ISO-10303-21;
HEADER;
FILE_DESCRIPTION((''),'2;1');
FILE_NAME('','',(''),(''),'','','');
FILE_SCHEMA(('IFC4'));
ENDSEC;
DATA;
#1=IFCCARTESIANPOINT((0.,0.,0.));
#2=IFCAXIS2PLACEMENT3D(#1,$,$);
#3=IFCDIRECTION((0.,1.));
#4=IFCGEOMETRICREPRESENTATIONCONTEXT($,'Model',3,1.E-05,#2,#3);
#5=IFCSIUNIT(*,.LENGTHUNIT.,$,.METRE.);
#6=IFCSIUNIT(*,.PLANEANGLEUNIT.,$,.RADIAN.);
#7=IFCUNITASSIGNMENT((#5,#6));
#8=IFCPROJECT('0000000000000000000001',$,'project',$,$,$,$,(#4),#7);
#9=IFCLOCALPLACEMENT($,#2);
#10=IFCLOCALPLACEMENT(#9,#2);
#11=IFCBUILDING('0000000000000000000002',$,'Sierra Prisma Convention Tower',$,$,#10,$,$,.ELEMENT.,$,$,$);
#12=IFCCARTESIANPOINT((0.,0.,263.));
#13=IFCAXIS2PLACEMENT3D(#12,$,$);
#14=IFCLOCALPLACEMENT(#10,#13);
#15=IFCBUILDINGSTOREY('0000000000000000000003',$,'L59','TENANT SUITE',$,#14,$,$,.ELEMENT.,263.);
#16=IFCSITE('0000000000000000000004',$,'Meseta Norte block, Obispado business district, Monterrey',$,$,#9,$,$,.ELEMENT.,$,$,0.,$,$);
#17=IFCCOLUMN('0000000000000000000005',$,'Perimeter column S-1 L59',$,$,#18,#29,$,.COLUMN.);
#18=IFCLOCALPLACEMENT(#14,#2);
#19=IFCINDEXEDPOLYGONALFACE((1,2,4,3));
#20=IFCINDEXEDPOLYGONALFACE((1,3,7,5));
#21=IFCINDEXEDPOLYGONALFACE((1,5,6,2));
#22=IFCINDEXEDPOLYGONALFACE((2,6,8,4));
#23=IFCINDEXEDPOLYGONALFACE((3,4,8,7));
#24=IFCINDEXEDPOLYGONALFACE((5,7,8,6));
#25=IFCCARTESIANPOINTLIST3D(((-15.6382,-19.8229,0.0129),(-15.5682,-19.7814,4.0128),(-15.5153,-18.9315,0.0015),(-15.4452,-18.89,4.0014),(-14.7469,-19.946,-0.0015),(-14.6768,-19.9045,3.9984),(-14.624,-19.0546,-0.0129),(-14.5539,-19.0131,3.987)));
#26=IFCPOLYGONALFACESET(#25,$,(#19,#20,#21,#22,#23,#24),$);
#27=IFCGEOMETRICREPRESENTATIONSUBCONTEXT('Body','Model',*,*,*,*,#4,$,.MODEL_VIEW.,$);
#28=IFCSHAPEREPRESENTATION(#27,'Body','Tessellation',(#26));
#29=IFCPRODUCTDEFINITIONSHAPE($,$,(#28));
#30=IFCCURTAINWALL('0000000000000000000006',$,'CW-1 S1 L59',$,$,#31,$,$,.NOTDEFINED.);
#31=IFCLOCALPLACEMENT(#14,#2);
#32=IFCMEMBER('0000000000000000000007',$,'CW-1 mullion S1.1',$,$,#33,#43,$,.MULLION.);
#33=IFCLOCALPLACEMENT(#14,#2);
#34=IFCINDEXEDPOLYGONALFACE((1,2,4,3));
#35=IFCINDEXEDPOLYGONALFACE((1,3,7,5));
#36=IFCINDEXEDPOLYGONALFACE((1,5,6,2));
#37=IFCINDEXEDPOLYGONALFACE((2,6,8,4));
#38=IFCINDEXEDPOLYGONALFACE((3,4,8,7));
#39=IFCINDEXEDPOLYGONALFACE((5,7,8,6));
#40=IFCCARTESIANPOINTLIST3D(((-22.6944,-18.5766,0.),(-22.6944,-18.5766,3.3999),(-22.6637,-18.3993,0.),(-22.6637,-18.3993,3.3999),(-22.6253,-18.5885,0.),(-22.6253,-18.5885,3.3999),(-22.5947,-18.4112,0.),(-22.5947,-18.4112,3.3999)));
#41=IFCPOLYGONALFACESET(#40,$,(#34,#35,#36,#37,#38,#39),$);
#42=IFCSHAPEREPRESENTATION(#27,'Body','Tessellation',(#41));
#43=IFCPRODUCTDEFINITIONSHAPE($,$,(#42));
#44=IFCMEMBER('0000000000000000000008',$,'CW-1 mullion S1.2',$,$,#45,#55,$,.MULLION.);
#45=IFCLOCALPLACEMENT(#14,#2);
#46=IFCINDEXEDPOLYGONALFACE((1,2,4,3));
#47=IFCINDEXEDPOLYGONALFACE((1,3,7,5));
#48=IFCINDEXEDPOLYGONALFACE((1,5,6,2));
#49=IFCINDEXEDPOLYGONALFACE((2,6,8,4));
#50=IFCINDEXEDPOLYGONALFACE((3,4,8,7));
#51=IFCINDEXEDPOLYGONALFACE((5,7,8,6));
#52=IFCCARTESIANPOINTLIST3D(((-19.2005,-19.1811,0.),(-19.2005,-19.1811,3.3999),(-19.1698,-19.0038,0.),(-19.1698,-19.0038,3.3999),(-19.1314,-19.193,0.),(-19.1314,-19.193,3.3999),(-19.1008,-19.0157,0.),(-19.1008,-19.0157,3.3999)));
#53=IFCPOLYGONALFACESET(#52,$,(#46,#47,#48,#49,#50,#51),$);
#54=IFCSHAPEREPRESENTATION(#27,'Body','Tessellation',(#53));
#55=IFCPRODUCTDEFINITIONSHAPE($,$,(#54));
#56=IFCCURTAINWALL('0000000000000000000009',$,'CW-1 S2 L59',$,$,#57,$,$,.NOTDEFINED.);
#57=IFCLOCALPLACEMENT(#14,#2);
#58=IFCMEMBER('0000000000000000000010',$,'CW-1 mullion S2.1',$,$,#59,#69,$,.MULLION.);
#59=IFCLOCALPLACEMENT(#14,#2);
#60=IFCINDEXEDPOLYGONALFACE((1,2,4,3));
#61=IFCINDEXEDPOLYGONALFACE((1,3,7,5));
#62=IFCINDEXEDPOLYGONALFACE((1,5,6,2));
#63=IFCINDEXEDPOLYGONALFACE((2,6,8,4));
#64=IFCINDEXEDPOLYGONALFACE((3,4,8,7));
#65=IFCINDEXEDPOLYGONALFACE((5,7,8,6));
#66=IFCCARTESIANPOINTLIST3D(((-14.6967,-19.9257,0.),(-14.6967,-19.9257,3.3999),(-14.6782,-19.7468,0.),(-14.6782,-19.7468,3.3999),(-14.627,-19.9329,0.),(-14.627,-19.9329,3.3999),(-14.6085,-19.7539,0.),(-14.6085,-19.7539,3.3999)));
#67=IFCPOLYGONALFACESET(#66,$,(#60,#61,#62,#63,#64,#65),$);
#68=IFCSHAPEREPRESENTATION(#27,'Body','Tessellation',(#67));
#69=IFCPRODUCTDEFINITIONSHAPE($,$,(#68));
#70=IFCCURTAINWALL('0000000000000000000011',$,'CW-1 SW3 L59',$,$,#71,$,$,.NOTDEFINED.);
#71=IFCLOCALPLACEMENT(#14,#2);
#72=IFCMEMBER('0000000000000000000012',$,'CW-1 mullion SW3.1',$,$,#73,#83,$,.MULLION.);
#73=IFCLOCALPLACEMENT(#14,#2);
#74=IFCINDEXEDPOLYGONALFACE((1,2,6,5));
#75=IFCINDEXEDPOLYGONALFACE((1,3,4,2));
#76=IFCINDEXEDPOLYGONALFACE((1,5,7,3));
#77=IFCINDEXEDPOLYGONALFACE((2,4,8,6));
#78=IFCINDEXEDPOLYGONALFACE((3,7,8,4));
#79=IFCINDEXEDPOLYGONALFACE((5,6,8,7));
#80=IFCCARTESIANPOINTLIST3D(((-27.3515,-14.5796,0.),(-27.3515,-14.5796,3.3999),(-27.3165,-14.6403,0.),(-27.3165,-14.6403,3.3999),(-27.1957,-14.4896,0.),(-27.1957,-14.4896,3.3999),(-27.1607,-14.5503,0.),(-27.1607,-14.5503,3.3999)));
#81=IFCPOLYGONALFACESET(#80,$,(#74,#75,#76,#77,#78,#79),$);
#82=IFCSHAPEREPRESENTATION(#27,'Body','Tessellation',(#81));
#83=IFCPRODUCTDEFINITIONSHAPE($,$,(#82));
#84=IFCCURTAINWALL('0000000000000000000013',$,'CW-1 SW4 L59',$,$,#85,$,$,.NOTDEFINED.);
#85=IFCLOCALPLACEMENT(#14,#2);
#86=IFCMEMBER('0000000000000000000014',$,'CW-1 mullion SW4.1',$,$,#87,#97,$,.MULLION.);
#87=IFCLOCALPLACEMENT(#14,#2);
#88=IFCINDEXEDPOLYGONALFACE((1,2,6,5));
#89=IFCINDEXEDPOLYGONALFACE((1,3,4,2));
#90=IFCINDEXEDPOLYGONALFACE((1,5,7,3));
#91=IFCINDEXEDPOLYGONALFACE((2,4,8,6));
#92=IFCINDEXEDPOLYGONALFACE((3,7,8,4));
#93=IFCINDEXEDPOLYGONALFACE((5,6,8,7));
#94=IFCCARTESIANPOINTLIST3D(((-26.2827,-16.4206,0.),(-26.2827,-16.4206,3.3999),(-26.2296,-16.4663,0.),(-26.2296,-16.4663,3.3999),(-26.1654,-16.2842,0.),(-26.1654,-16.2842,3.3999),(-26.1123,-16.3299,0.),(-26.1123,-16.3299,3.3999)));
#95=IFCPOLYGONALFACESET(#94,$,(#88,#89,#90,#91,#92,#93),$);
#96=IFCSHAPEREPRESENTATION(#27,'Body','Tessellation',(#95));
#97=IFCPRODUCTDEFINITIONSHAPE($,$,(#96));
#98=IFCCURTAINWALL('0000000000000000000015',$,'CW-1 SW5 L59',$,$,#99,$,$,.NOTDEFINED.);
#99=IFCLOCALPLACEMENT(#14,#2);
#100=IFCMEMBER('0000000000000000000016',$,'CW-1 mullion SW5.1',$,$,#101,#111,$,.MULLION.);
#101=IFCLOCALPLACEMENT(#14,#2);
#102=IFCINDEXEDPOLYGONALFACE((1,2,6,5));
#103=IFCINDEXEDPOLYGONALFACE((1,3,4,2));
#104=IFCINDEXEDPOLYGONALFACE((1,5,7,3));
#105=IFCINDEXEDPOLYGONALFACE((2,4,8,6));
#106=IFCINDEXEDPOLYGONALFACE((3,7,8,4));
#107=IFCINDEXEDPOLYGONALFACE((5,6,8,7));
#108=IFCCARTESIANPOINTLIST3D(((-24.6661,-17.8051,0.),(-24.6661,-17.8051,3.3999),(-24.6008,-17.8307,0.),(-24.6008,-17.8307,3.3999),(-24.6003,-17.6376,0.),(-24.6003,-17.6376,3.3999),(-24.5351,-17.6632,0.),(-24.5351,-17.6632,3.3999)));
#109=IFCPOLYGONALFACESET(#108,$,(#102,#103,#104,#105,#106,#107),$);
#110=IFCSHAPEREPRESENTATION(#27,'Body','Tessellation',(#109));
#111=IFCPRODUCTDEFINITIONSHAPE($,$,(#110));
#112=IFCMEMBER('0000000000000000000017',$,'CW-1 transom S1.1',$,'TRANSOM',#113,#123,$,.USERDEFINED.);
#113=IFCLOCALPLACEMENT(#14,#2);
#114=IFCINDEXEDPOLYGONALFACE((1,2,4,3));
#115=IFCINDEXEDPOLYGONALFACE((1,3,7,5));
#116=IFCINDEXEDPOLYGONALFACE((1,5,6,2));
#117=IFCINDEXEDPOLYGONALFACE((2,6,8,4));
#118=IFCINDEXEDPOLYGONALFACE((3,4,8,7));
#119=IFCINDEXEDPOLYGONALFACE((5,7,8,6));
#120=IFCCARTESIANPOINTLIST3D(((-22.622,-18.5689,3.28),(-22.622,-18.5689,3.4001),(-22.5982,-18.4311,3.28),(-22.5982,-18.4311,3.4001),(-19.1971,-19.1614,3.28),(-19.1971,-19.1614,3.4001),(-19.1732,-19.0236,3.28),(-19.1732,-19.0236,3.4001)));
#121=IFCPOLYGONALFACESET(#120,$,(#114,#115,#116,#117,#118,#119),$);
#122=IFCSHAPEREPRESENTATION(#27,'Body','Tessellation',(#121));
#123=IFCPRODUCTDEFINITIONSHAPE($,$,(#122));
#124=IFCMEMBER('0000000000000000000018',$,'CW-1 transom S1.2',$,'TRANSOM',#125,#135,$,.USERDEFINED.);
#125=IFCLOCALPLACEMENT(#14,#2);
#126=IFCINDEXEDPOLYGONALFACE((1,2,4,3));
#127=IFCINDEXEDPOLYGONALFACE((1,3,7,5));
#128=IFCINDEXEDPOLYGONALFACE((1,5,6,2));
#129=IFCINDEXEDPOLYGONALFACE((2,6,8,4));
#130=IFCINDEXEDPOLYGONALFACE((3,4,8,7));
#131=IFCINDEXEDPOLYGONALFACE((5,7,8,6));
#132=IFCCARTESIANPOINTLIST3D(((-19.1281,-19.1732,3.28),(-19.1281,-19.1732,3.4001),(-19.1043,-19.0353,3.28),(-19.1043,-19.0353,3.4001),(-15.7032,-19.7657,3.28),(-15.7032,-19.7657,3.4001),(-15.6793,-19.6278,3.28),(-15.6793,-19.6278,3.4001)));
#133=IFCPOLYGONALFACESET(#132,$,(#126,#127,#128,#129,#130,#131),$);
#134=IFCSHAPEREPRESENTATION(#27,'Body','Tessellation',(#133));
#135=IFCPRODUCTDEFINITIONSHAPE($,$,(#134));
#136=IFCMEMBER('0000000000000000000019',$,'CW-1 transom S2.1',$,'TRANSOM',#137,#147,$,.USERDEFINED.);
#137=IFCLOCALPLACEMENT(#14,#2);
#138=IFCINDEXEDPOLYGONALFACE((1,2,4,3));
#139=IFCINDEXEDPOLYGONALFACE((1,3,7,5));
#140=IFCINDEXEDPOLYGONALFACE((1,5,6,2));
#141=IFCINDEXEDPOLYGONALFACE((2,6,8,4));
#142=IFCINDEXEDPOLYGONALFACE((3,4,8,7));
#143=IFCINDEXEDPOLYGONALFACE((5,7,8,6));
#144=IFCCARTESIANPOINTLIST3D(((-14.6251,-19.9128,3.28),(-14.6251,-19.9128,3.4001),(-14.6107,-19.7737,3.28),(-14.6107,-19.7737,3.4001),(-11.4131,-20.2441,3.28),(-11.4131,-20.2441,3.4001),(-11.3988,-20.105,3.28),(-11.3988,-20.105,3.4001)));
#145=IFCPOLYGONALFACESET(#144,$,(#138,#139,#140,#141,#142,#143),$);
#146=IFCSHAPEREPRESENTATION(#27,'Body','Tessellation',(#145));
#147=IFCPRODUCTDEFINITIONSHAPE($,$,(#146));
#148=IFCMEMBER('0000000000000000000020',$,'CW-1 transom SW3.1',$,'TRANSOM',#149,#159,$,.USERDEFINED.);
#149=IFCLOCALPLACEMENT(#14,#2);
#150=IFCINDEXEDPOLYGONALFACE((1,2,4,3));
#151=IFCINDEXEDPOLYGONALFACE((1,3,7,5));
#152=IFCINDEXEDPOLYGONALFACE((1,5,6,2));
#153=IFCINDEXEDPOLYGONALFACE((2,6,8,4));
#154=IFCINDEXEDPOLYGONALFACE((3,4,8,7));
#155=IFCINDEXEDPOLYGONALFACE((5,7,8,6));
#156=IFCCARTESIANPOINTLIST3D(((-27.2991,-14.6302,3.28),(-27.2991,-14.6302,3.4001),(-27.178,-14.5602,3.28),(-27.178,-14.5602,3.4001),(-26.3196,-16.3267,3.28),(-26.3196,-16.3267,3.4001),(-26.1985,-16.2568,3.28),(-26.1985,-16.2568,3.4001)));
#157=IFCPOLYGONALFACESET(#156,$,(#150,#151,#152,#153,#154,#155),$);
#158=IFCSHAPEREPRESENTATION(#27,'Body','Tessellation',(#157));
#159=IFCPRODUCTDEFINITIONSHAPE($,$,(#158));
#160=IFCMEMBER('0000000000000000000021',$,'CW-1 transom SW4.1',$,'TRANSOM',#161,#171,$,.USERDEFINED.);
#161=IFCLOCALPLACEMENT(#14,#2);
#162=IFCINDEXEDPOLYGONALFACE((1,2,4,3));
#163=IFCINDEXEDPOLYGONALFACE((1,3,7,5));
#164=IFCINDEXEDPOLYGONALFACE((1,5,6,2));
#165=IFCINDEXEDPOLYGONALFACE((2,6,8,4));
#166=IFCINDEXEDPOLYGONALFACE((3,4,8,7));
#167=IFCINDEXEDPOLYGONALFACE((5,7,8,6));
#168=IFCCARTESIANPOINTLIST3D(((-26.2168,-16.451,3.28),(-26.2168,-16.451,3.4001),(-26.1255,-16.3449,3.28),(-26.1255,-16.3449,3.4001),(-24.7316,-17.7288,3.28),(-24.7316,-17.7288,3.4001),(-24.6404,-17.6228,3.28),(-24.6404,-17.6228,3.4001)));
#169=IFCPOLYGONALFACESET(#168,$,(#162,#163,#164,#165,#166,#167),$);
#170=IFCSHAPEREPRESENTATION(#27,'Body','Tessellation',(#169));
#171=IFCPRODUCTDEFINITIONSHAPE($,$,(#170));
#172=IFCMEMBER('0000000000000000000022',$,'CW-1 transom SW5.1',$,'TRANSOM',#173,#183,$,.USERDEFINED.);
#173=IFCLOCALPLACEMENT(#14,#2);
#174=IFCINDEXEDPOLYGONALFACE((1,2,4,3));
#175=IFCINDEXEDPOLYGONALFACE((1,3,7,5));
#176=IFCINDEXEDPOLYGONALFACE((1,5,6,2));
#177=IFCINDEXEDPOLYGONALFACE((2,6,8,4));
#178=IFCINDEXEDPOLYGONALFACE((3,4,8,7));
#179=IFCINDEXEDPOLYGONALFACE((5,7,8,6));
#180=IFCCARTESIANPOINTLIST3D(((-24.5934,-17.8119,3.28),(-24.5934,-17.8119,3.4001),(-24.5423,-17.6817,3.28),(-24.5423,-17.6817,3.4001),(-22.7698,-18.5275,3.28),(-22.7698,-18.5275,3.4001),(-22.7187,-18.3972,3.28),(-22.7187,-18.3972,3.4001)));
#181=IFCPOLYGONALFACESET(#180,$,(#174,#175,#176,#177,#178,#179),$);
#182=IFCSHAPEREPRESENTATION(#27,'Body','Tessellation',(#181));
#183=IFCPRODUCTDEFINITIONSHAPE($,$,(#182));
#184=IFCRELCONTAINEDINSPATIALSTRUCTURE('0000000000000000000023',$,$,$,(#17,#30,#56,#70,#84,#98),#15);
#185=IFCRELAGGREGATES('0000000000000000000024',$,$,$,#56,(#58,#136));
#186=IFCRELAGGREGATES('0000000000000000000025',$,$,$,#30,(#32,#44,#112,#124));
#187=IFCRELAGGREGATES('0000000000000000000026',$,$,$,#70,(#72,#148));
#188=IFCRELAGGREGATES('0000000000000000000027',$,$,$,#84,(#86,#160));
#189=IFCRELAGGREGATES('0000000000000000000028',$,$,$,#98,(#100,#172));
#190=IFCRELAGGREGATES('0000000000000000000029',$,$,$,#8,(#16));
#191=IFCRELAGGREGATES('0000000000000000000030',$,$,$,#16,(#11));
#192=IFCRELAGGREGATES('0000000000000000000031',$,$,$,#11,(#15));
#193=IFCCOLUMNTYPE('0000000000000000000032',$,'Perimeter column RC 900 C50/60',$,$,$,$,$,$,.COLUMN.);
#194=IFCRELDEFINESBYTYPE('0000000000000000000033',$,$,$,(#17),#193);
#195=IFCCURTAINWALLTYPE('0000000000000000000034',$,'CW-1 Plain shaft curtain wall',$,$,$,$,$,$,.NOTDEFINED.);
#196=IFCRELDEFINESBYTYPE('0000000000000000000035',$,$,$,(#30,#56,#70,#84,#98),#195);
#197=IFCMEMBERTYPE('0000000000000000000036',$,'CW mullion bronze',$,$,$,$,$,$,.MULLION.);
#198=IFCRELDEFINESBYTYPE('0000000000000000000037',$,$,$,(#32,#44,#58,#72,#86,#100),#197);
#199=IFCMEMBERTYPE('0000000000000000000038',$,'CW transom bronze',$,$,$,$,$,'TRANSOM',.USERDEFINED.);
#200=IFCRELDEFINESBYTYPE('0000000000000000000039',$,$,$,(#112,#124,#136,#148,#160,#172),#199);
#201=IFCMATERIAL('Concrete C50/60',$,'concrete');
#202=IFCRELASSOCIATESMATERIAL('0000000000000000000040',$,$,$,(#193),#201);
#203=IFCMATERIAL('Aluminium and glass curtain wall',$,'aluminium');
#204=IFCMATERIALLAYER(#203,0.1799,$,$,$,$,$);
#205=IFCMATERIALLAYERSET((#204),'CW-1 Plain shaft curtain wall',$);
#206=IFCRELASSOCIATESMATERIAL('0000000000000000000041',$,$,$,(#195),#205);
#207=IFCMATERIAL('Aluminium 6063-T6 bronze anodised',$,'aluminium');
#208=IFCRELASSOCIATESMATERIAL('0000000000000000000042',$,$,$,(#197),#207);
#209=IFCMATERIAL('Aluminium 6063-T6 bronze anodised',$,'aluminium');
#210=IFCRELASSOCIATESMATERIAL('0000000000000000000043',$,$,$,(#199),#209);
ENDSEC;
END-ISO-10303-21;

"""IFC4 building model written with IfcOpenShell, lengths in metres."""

from ifc_helpers import new_model, si_unit, direction, frame, origin, origin_2d, place, context, subcontext, project, spatial, rectangle, extrude, material, layer, layer_set, material_profile, profile_set, type_object, element, aggregate, save


model = new_model("IFC4")

# Units and contexts
model_context = context("Model", 3, precision=1e-05, world=origin(), true_north=direction((0.0, 1.0)))
body_context = subcontext(model_context, "Body", "Model", "MODEL_VIEW")
ifc_project = project(units=[si_unit("LENGTHUNIT", "METRE"), si_unit("PLANEANGLEUNIT", "RADIAN")], contexts=[model_context])

# Site, building, storey
site_placement = place(None, origin())
site = spatial("IfcSite", under=ifc_project, at=site_placement, Name="Meseta Norte block, Obispado business district, Monterrey", CompositionType="ELEMENT", RefElevation=0.0)
building_placement = place(site_placement, origin())
building = spatial("IfcBuilding", under=site, at=building_placement, Name="Sierra Prisma Convention Tower", CompositionType="ELEMENT")
storey_placement = place(building_placement, frame((0.0, 0.0, 263.0)))
storey = spatial("IfcBuildingStorey", under=building, at=storey_placement, Name="L59", Description="TENANT SUITE", CompositionType="ELEMENT", Elevation=263.0)

# Column
ifc_material_1 = material(Name="Concrete C50/60", Category="concrete")
ifc_material_profile_1 = material_profile(ifc_material_1, rectangle(XDim=0.8999, YDim=0.8999, at=origin_2d()), Name="Perimeter column RC 900 C50/60")
ifc_profile_set_1 = profile_set([ifc_material_profile_1], Name="Concrete C50/60")
column_type = type_object("IfcColumnType", Name="Perimeter column RC 900 C50/60", PredefinedType="COLUMN", material=ifc_profile_set_1)
column_placement = place(storey_placement, frame((-15.1311, -19.4387, 0.0), z_axis=(0.017513, 0.010374, 0.999793), x_axis=(-0.990473, 0.136782, 0.015931)))
element("IfcColumn", 1, at=column_placement, inside=storey, type_object=column_type, Name="Perimeter column S-1 L59", PredefinedType="COLUMN", context=body_context, shape_type="SweptSolid", body=[
    extrude(rectangle(XDim=0.8999, YDim=0.8999, at=origin_2d()), origin(), (0.0, 0.0, 1.0), 4.0007),
])

# Curtain wall, members
ifc_material_2 = material(Name="Aluminium and glass curtain wall", Category="aluminium")
ifc_layer_1 = layer(ifc_material_2, 0.1799)
ifc_layer_set_1 = layer_set([ifc_layer_1], Name="CW-1 Plain shaft curtain wall")
curtain_wall_type = type_object("IfcCurtainWallType", Name="CW-1 Plain shaft curtain wall", PredefinedType="NOTDEFINED", material=ifc_layer_set_1)
curtain_wall_1_placement = place(storey_placement, origin())
curtain_wall_1 = element("IfcCurtainWall", 2, at=curtain_wall_1_placement, inside=storey, type_object=curtain_wall_type, Name="CW-1 S1 L59", PredefinedType="NOTDEFINED")
ifc_material_3 = material(Name="Aluminium 6063-T6 bronze anodised", Category="aluminium")
ifc_material_profile_2 = material_profile(ifc_material_3, rectangle(XDim=0.1799, YDim=0.0701, at=origin_2d()), Name="ALU MULLION 70x180")
ifc_profile_set_2 = profile_set([ifc_material_profile_2], Name="Aluminium 6063-T6 bronze anodised")
member_type_1 = type_object("IfcMemberType", Name="CW mullion bronze", PredefinedType="MULLION", material=ifc_profile_set_2)
member_1_placement = place(storey_placement, frame((-22.6445, -18.4939, 0.0), z_axis=(0.0, 0.0, 1.0), x_axis=(0.170461, 0.985364, 0.0)))
member_1 = element("IfcMember", 3, at=member_1_placement, type_object=member_type_1, Name="CW-1 mullion S1.1", PredefinedType="MULLION", context=body_context, shape_type="SweptSolid", body=[
    extrude(rectangle(XDim=0.1799, YDim=0.0701, at=origin_2d()), origin(), (0.0, 0.0, 1.0), 3.3999),
])
member_2_placement = place(storey_placement, frame((-19.1506, -19.0984, 0.0), z_axis=(0.0, 0.0, 1.0), x_axis=(0.170461, 0.985364, 0.0)))
member_2 = element("IfcMember", 4, at=member_2_placement, type_object=member_type_1, Name="CW-1 mullion S1.2", PredefinedType="MULLION", context=body_context, shape_type="SweptSolid", body=[
    extrude(rectangle(XDim=0.1799, YDim=0.0701, at=origin_2d()), origin(), (0.0, 0.0, 1.0), 3.3999),
])

# Curtain walls, members
curtain_wall_2_placement = place(storey_placement, origin())
curtain_wall_2 = element("IfcCurtainWall", 5, at=curtain_wall_2_placement, inside=storey, type_object=curtain_wall_type, Name="CW-1 S2 L59", PredefinedType="NOTDEFINED")
member_3_placement = place(storey_placement, frame((-14.6526, -19.8398, 0.0), z_axis=(0.0, 0.0, 1.0), x_axis=(0.102598, 0.994723, 0.0)))
member_3 = element("IfcMember", 6, at=member_3_placement, type_object=member_type_1, Name="CW-1 mullion S2.1", PredefinedType="MULLION", context=body_context, shape_type="SweptSolid", body=[
    extrude(rectangle(XDim=0.1799, YDim=0.0701, at=origin_2d()), origin(), (0.0, 0.0, 1.0), 3.3999),
])
curtain_wall_3_placement = place(storey_placement, origin())
curtain_wall_3 = element("IfcCurtainWall", 7, at=curtain_wall_3_placement, inside=storey, type_object=curtain_wall_type, Name="CW-1 SW3 L59", PredefinedType="NOTDEFINED")
member_4_placement = place(storey_placement, frame((-27.2561, -14.5649, 0.0), z_axis=(0.0, 0.0, 1.0), x_axis=(0.866025, 0.5, 0.0)))
member_4 = element("IfcMember", 8, at=member_4_placement, type_object=member_type_1, Name="CW-1 mullion SW3.1", PredefinedType="MULLION", context=body_context, shape_type="SweptSolid", body=[
    extrude(rectangle(XDim=0.1799, YDim=0.0701, at=origin_2d()), origin(), (0.0, 0.0, 1.0), 3.3999),
])
curtain_wall_4_placement = place(storey_placement, origin())
curtain_wall_4 = element("IfcCurtainWall", 9, at=curtain_wall_4_placement, inside=storey, type_object=curtain_wall_type, Name="CW-1 SW4 L59", PredefinedType="NOTDEFINED")
member_5_placement = place(storey_placement, frame((-26.1975, -16.3752, 0.0), z_axis=(0.0, 0.0, 1.0), x_axis=(0.652244, 0.758009, 0.0)))
member_5 = element("IfcMember", 10, at=member_5_placement, type_object=member_type_1, Name="CW-1 mullion SW4.1", PredefinedType="MULLION", context=body_context, shape_type="SweptSolid", body=[
    extrude(rectangle(XDim=0.1799, YDim=0.0701, at=origin_2d()), origin(), (0.0, 0.0, 1.0), 3.3999),
])
curtain_wall_5_placement = place(storey_placement, origin())
curtain_wall_5 = element("IfcCurtainWall", 11, at=curtain_wall_5_placement, inside=storey, type_object=curtain_wall_type, Name="CW-1 SW5 L59", PredefinedType="NOTDEFINED")
member_6_placement = place(storey_placement, frame((-24.6006, -17.7341, 0.0), z_axis=(0.0, 0.0, 1.0), x_axis=(0.365235, 0.930915, 0.0)))
member_6 = element("IfcMember", 12, at=member_6_placement, type_object=member_type_1, Name="CW-1 mullion SW5.1", PredefinedType="MULLION", context=body_context, shape_type="SweptSolid", body=[
    extrude(rectangle(XDim=0.1799, YDim=0.0701, at=origin_2d()), origin(), (0.0, 0.0, 1.0), 3.3999),
])

# Members
ifc_material_4 = material(Name="Aluminium 6063-T6 bronze anodised", Category="aluminium")
ifc_material_profile_3 = material_profile(ifc_material_4, rectangle(XDim=0.1399, YDim=0.1201, at=origin_2d()), Name="ALU TRANSOM 120x140")
ifc_profile_set_3 = profile_set([ifc_material_profile_3], Name="Aluminium 6063-T6 bronze anodised")
member_type_2 = type_object("IfcMemberType", Name="CW transom bronze", ElementType="TRANSOM", PredefinedType="USERDEFINED", material=ifc_profile_set_3)
member_7_placement = place(storey_placement, frame((-22.6101, -18.5, 3.3401), z_axis=(0.985363, -0.170467, 0.0), x_axis=(0.170467, 0.985363, 0.0)))
member_7 = element("IfcMember", 13, at=member_7_placement, type_object=member_type_2, Name="CW-1 transom S1.1", ObjectType="TRANSOM", PredefinedType="USERDEFINED", context=body_context, shape_type="SweptSolid", body=[
    extrude(rectangle(XDim=0.1399, YDim=0.1201, at=origin_2d()), origin(), (0.0, 0.0, 1.0), 3.4758),
])
member_8_placement = place(storey_placement, frame((-19.1162, -19.1042, 3.3401), z_axis=(0.985363, -0.170467, 0.0), x_axis=(0.170467, 0.985363, 0.0)))
member_8 = element("IfcMember", 14, at=member_8_placement, type_object=member_type_2, Name="CW-1 transom S1.2", ObjectType="TRANSOM", PredefinedType="USERDEFINED", context=body_context, shape_type="SweptSolid", body=[
    extrude(rectangle(XDim=0.1399, YDim=0.1201, at=origin_2d()), origin(), (0.0, 0.0, 1.0), 3.4758),
])
member_9_placement = place(storey_placement, frame((-14.6179, -19.8433, 3.3401), z_axis=(0.994722, -0.102602, 0.0), x_axis=(0.102602, 0.994722, 0.0)))
member_9 = element("IfcMember", 15, at=member_9_placement, type_object=member_type_2, Name="CW-1 transom S2.1", ObjectType="TRANSOM", PredefinedType="USERDEFINED", context=body_context, shape_type="SweptSolid", body=[
    extrude(rectangle(XDim=0.1399, YDim=0.1201, at=origin_2d()), origin(), (0.0, 0.0, 1.0), 3.229),
])
aggregate(curtain_wall_2, [member_3, member_9])
member_10_placement = place(storey_placement, frame((-27.2385, -14.5952, 3.3401), z_axis=(0.499999, -0.866026, 0.0), x_axis=(0.866026, 0.499999, 0.0)))
member_10 = element("IfcMember", 16, at=member_10_placement, type_object=member_type_2, Name="CW-1 transom SW3.1", ObjectType="TRANSOM", PredefinedType="USERDEFINED", context=body_context, shape_type="SweptSolid", body=[
    extrude(rectangle(XDim=0.1399, YDim=0.1201, at=origin_2d()), origin(), (0.0, 0.0, 1.0), 1.959),
])
member_11_placement = place(storey_placement, frame((-26.1711, -16.3979, 3.3401), z_axis=(0.758024, -0.652227, 0.0), x_axis=(0.652227, 0.758024, 0.0)))
member_11 = element("IfcMember", 17, at=member_11_placement, type_object=member_type_2, Name="CW-1 transom SW4.1", ObjectType="TRANSOM", PredefinedType="USERDEFINED", context=body_context, shape_type="SweptSolid", body=[
    extrude(rectangle(XDim=0.1399, YDim=0.1201, at=origin_2d()), origin(), (0.0, 0.0, 1.0), 1.9592),
])
member_12_placement = place(storey_placement, frame((-24.5679, -17.7468, 3.3401), z_axis=(0.930906, -0.365259, 0.0), x_axis=(0.365259, 0.930906, 0.0)))
member_12 = element("IfcMember", 18, at=member_12_placement, type_object=member_type_2, Name="CW-1 transom SW5.1", ObjectType="TRANSOM", PredefinedType="USERDEFINED", context=body_context, shape_type="SweptSolid", body=[
    extrude(rectangle(XDim=0.1399, YDim=0.1201, at=origin_2d()), origin(), (0.0, 0.0, 1.0), 1.959),
])

aggregate(curtain_wall_1, [member_1, member_2, member_7, member_8])
aggregate(curtain_wall_3, [member_4, member_10])
aggregate(curtain_wall_4, [member_5, member_11])
aggregate(curtain_wall_5, [member_6, member_12])

save(model, "model.ifc")
